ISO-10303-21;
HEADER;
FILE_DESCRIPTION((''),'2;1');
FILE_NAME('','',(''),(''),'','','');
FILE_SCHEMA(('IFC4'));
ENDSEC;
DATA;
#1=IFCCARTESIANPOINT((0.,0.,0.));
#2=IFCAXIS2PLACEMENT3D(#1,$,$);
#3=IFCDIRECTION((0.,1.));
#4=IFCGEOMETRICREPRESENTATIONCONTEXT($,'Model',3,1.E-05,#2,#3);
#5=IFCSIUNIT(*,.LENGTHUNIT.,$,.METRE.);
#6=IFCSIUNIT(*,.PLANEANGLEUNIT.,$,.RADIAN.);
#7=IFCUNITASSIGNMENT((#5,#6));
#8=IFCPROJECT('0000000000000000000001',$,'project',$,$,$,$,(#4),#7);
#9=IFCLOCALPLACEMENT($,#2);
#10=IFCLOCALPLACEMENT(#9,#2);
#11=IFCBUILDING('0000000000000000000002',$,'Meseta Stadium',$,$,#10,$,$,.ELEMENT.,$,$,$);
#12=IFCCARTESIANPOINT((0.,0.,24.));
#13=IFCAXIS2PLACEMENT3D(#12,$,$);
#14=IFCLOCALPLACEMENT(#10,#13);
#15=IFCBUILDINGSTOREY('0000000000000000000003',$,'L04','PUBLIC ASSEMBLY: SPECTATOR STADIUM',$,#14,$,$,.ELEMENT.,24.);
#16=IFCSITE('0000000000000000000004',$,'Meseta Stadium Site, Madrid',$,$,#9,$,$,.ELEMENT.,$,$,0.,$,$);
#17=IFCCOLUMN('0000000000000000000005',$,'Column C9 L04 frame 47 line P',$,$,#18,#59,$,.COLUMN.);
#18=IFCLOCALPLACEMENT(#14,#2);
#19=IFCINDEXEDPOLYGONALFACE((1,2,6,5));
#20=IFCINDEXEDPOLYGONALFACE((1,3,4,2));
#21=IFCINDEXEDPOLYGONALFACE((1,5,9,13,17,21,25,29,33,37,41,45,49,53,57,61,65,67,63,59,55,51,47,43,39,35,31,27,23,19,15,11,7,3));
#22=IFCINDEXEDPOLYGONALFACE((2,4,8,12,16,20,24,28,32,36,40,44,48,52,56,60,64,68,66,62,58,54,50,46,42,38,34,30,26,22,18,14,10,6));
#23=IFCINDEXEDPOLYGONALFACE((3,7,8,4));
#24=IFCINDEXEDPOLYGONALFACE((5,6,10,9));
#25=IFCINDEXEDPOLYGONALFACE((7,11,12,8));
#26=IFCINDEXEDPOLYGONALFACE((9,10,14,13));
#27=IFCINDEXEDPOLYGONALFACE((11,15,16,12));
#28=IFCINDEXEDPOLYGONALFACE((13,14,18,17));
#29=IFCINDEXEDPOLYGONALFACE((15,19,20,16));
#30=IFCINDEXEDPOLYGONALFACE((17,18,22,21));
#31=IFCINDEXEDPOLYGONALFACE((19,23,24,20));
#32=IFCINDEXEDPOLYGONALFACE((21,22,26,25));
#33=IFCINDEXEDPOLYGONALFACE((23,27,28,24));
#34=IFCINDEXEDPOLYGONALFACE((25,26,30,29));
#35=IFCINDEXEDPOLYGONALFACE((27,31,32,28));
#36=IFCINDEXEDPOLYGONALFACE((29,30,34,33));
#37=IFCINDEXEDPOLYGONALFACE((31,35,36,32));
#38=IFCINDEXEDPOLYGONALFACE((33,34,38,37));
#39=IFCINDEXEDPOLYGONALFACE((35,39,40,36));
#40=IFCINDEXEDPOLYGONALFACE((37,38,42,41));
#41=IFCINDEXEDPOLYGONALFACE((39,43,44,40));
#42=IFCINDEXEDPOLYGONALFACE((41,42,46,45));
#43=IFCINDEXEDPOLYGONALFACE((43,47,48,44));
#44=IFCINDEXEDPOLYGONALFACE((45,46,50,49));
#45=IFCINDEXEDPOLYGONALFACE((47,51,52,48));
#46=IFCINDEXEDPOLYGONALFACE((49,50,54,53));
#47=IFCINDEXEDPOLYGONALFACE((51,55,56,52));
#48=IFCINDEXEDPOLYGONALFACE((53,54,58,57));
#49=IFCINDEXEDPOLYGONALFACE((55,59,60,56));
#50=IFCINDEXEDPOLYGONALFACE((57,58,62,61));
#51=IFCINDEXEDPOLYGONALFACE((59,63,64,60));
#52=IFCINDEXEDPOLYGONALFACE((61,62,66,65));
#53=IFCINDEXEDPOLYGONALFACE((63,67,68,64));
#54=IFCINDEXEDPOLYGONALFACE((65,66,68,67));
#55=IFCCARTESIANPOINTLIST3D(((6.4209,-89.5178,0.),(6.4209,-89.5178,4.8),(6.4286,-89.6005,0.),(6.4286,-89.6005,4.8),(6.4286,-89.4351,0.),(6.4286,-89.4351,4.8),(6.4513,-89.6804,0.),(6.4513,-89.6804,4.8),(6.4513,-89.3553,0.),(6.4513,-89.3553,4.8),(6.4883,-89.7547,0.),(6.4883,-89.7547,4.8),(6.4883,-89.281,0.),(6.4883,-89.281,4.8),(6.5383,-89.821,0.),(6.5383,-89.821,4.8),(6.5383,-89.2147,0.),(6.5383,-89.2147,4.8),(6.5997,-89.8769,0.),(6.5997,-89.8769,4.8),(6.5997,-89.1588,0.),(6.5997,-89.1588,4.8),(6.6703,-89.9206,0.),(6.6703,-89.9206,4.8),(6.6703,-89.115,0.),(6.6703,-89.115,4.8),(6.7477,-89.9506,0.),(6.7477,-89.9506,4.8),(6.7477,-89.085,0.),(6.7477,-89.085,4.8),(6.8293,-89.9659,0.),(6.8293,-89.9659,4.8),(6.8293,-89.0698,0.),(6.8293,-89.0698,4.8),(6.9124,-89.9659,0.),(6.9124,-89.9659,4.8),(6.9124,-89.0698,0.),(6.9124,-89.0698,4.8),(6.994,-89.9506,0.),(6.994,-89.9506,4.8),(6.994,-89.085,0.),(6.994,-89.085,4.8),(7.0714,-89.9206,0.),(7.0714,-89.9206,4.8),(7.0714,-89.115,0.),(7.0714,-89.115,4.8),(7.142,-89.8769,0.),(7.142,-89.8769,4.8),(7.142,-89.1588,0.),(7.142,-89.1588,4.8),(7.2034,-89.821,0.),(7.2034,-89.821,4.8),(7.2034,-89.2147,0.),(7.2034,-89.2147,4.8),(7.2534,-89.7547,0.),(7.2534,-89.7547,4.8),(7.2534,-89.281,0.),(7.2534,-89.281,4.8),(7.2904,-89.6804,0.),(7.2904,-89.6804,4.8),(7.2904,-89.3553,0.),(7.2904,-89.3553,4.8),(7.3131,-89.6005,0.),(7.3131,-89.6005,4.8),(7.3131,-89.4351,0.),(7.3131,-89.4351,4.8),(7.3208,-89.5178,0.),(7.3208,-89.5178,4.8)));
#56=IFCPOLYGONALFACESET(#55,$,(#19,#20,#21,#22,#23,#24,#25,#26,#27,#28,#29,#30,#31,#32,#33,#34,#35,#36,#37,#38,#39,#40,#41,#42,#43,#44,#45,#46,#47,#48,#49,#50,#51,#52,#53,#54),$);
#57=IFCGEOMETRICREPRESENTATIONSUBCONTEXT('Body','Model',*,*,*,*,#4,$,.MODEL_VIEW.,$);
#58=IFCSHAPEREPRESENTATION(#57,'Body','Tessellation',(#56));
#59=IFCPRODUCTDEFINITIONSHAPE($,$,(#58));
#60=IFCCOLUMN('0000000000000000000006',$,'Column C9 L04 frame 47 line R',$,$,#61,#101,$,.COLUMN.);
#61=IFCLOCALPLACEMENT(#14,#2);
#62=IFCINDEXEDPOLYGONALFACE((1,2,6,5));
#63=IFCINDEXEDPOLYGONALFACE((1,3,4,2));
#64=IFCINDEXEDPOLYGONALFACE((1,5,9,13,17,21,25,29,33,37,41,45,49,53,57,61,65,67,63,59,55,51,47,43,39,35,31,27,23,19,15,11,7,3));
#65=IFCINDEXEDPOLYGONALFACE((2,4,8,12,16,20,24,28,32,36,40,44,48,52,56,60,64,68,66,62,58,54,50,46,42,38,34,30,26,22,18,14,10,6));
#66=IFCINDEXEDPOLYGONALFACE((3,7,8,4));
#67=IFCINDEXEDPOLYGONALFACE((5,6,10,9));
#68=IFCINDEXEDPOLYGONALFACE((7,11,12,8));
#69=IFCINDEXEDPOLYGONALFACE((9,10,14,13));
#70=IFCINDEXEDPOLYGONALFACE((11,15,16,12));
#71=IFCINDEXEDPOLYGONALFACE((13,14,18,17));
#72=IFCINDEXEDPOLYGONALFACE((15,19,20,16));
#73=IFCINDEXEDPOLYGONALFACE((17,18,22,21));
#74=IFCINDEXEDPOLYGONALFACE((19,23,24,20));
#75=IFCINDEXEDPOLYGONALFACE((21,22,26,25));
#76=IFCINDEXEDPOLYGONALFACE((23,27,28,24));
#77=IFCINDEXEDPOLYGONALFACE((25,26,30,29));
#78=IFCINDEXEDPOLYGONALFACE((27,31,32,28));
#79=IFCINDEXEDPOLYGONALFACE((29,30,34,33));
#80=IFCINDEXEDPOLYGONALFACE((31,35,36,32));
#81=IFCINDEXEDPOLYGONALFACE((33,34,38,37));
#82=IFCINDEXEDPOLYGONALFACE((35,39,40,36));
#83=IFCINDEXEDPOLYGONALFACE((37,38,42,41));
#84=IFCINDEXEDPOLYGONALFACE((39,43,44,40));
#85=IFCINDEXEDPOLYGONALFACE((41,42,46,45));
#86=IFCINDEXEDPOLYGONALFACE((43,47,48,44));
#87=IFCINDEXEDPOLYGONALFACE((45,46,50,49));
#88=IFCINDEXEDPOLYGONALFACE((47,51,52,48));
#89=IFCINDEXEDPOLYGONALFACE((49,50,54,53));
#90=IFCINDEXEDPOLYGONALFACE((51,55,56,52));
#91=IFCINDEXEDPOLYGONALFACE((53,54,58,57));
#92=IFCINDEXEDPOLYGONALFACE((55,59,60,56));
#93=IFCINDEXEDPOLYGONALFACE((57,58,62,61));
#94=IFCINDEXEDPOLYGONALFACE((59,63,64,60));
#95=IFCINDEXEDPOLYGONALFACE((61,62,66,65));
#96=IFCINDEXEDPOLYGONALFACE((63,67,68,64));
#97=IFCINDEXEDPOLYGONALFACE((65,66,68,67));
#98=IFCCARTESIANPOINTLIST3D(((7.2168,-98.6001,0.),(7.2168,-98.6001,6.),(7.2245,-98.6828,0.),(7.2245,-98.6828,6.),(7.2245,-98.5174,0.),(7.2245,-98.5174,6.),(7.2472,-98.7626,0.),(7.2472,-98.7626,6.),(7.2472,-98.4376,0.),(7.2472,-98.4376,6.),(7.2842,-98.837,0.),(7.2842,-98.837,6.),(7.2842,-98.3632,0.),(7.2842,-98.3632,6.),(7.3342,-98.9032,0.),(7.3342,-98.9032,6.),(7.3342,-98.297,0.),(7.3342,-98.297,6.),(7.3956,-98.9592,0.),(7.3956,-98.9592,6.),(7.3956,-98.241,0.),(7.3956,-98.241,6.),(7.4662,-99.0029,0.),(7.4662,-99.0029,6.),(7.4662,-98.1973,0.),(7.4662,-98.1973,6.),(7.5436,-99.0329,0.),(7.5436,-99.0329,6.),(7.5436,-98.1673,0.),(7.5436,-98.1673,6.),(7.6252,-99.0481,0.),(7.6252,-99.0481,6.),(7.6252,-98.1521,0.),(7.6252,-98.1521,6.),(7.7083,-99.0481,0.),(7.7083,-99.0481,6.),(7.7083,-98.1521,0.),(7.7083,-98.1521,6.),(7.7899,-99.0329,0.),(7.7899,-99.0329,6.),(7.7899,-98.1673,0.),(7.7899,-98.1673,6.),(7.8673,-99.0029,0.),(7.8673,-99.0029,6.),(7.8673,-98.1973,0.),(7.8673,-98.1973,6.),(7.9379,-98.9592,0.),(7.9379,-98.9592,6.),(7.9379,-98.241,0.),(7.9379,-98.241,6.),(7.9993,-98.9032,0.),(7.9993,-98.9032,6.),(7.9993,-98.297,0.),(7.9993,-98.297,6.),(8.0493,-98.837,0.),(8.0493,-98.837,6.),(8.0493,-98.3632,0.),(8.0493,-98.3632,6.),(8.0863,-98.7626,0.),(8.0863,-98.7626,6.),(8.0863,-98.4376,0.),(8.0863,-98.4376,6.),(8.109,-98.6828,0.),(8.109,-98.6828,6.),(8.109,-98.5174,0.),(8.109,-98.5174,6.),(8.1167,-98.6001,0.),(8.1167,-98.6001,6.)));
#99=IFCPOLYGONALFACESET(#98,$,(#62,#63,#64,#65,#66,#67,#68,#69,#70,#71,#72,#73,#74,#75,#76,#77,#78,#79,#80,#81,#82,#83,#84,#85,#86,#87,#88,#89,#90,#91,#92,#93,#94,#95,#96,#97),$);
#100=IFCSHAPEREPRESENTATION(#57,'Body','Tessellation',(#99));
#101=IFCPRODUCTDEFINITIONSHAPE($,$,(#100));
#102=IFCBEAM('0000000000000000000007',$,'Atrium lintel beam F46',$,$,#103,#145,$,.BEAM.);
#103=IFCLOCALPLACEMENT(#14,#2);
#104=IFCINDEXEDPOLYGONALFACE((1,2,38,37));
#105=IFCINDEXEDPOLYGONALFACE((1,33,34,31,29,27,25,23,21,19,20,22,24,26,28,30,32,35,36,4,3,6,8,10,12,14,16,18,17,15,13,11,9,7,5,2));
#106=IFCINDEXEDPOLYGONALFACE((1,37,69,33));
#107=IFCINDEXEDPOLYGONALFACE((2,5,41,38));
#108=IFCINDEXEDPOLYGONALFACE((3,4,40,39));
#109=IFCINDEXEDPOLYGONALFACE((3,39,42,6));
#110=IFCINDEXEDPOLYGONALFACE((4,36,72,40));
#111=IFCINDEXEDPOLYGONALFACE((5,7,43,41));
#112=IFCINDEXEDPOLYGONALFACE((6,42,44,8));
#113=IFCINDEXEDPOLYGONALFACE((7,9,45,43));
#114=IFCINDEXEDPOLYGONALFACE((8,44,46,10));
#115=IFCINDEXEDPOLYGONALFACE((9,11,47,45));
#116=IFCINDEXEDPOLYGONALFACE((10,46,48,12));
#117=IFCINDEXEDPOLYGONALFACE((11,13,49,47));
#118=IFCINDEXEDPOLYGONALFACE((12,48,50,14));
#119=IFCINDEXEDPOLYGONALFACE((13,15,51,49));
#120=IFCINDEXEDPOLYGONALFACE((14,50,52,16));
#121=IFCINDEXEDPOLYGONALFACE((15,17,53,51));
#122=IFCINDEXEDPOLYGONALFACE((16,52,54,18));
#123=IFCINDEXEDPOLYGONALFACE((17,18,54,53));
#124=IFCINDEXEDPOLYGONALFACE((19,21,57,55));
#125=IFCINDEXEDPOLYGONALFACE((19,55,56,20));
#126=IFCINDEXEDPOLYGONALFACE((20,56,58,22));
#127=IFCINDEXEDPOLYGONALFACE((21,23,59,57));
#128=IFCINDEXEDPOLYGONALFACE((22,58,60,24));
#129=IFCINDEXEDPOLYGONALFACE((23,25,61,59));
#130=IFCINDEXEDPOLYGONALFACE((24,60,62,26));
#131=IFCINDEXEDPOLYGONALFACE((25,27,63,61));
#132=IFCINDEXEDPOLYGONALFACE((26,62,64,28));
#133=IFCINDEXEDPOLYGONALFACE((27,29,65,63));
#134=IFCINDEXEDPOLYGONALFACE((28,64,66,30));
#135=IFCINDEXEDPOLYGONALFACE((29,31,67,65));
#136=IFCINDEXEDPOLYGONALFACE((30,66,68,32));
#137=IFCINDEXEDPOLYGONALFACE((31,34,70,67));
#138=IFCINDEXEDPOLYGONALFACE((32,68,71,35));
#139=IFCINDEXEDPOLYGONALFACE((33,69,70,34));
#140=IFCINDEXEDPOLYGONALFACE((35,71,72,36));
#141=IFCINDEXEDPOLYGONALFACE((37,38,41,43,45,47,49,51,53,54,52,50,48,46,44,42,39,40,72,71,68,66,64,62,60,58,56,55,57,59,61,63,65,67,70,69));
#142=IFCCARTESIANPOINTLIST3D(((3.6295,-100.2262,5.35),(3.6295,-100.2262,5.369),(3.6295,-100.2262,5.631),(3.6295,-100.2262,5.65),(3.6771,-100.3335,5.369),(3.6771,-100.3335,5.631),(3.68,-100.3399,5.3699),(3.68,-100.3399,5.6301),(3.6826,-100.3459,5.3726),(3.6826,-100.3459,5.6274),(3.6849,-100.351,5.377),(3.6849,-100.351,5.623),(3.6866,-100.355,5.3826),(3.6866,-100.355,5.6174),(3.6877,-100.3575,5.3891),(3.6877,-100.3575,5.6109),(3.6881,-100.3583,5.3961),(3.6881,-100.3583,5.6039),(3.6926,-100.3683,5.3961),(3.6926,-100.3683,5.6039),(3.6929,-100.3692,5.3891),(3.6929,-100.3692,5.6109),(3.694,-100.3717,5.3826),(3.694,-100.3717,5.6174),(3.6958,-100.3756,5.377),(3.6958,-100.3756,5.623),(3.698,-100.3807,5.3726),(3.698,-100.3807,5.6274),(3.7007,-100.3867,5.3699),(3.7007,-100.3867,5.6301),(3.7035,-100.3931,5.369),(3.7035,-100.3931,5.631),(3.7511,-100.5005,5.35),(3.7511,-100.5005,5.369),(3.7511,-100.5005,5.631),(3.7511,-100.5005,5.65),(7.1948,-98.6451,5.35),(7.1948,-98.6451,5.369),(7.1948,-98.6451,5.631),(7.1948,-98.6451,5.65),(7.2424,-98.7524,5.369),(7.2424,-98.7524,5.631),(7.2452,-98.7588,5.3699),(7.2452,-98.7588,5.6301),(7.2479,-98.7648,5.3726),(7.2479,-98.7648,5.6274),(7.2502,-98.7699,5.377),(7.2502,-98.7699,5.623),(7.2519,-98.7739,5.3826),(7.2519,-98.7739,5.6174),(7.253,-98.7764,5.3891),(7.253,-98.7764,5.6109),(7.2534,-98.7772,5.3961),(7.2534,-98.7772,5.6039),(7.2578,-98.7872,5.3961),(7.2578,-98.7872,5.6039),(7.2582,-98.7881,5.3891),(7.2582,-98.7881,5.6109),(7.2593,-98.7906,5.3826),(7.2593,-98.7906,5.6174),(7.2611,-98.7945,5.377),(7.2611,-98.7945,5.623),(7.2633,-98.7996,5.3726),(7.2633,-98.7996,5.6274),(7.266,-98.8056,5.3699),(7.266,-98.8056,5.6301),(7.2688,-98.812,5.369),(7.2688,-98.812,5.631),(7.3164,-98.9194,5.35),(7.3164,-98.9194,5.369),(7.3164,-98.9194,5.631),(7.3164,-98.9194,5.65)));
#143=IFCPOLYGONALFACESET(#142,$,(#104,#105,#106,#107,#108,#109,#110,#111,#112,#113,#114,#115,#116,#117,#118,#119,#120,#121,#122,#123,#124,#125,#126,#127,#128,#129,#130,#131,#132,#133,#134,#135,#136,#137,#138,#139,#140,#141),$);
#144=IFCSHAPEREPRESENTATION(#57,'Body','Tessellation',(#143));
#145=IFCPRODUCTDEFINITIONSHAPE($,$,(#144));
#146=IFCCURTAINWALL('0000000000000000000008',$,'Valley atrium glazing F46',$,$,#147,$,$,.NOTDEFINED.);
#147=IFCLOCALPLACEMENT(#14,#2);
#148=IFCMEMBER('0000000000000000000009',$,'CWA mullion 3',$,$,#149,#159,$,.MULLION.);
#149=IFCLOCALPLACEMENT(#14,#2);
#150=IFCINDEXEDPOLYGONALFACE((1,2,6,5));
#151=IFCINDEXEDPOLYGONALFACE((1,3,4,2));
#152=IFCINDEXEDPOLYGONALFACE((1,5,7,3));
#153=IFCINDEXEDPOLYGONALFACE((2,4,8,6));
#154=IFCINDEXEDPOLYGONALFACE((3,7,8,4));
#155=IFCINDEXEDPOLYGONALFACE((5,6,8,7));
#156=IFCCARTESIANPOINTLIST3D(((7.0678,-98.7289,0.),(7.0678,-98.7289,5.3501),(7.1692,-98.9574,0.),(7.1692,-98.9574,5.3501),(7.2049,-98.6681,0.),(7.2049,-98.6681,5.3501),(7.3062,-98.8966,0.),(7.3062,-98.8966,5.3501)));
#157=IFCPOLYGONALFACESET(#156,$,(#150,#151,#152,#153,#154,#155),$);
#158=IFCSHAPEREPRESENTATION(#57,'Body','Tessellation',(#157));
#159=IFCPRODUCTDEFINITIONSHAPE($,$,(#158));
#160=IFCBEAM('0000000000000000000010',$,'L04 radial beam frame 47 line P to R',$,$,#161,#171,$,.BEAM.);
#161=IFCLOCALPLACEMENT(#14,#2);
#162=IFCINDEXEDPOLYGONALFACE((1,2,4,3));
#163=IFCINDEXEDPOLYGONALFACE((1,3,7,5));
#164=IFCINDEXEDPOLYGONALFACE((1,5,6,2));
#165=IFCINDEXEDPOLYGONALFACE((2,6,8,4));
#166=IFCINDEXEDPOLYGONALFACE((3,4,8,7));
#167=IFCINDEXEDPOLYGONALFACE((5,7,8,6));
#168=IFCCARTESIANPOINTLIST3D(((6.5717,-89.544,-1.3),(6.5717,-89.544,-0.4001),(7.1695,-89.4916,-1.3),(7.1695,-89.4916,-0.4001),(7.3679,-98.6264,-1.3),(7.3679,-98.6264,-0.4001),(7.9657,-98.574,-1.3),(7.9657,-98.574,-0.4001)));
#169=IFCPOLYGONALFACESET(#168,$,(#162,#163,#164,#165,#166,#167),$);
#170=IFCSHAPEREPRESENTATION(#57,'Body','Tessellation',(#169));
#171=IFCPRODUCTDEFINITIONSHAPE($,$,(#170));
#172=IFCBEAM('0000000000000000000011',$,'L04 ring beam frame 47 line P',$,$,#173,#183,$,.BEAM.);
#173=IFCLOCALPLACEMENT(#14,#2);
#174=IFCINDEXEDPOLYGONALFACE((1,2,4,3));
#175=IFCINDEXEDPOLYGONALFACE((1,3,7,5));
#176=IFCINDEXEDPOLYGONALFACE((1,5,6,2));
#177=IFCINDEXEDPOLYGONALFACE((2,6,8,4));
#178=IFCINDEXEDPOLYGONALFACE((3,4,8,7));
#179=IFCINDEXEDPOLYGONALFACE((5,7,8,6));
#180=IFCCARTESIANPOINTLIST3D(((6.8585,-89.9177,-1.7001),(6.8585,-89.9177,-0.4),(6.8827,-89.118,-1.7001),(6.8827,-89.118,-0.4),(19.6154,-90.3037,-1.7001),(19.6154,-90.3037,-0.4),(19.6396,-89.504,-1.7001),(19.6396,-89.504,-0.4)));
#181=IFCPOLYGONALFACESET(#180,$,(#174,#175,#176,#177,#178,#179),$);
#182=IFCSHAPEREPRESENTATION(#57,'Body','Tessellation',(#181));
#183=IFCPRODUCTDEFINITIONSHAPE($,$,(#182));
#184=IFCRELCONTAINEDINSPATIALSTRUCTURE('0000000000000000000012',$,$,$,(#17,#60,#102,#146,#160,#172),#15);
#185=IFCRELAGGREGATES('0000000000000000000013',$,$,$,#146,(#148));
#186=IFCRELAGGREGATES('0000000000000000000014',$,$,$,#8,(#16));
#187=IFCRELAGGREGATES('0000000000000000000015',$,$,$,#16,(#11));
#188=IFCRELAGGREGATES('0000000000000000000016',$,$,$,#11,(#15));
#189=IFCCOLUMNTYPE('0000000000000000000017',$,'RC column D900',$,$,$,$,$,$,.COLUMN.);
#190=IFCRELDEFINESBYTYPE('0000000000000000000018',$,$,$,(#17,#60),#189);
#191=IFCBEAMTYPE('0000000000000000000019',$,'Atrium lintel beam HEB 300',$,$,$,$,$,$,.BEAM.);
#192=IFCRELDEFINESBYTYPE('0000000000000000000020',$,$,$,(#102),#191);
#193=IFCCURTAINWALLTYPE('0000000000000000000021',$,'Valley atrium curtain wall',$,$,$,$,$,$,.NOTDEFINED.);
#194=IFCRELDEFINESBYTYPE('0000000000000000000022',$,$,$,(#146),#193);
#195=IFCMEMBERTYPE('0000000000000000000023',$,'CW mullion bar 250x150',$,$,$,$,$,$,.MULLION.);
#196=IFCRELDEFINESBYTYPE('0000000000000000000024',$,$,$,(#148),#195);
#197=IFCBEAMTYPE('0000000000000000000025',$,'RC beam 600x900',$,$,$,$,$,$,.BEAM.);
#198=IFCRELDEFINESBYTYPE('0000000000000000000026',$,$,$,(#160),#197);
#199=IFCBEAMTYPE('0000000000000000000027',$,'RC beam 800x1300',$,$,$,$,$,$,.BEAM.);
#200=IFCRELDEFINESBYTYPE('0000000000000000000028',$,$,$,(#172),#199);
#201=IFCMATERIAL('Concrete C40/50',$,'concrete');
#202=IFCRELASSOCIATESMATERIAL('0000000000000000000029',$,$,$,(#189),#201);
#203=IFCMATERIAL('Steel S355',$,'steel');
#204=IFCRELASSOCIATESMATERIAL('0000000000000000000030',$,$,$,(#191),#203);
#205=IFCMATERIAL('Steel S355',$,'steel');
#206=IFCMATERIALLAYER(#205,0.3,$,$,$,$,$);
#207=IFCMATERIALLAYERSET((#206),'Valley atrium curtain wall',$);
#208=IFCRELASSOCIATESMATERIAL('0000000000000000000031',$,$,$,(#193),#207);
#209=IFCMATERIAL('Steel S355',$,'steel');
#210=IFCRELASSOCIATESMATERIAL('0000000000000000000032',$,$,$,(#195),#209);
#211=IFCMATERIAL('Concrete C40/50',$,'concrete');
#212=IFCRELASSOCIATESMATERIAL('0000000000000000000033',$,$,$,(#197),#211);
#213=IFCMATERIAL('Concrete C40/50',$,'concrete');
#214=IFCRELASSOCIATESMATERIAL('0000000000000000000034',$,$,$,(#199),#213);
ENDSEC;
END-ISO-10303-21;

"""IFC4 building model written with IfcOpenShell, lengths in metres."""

from ifc_helpers import new_model, si_unit, direction, frame, origin, origin_2d, place, context, subcontext, project, spatial, rectangle, circle, i_section, extrude, material, layer, layer_set, material_profile, profile_set, type_object, element, aggregate, save


model = new_model("IFC4")

# Units and contexts
model_context = context("Model", 3, precision=1e-05, world=origin(), true_north=direction((0.0, 1.0)))
body_context = subcontext(model_context, "Body", "Model", "MODEL_VIEW")
ifc_project = project(units=[si_unit("LENGTHUNIT", "METRE"), si_unit("PLANEANGLEUNIT", "RADIAN")], contexts=[model_context])

# Site, building, storey
site_placement = place(None, origin())
site = spatial("IfcSite", under=ifc_project, at=site_placement, Name="Meseta Stadium Site, Madrid", CompositionType="ELEMENT", RefElevation=0.0)
building_placement = place(site_placement, origin())
building = spatial("IfcBuilding", under=site, at=building_placement, Name="Meseta Stadium", CompositionType="ELEMENT")
storey_placement = place(building_placement, frame((0.0, 0.0, 24.0)))
storey = spatial("IfcBuildingStorey", under=building, at=storey_placement, Name="L04", Description="PUBLIC ASSEMBLY: SPECTATOR STADIUM", CompositionType="ELEMENT", Elevation=24.0)

# Columns
ifc_material_1 = material(Name="Concrete C40/50", Category="concrete")
ifc_material_profile_1 = material_profile(ifc_material_1, circle(Radius=0.45, at=origin_2d()), Name="RC D900")
ifc_profile_set_1 = profile_set([ifc_material_profile_1], Name="Concrete C40/50")
column_type = type_object("IfcColumnType", Name="RC column D900", PredefinedType="COLUMN", material=ifc_profile_set_1)
column_1_placement = place(storey_placement, frame((6.8708, -89.5178, 0.0), z_axis=(0.0, 0.0, 1.0), x_axis=(1.0, 0.0, 0.0)))
element("IfcColumn", 1, at=column_1_placement, inside=storey, type_object=column_type, Name="Column C9 L04 frame 47 line P", PredefinedType="COLUMN", context=body_context, shape_type="SweptSolid", body=[
    extrude(circle(Radius=0.45, at=origin_2d()), origin(), (0.0, 0.0, 1.0), 4.8),
])
column_2_placement = place(storey_placement, frame((7.6667, -98.6001, 0.0), z_axis=(0.0, 0.0, 1.0), x_axis=(1.0, 0.0, 0.0)))
element("IfcColumn", 2, at=column_2_placement, inside=storey, type_object=column_type, Name="Column C9 L04 frame 47 line R", PredefinedType="COLUMN", context=body_context, shape_type="SweptSolid", body=[
    extrude(circle(Radius=0.45, at=origin_2d()), origin(), (0.0, 0.0, 1.0), 6.0),
])

# Beam
ifc_material_2 = material(Name="Steel S355", Category="steel")
ifc_material_profile_2 = material_profile(ifc_material_2, i_section(OverallWidth=0.3, OverallDepth=0.3, WebThickness=0.011, FlangeThickness=0.019, FilletRadius=0.0271, at=origin_2d()), Name="HEB 300")
ifc_profile_set_2 = profile_set([ifc_material_profile_2], Name="Steel S355")
beam_type_1 = type_object("IfcBeamType", Name="Atrium lintel beam HEB 300", PredefinedType="BEAM", material=ifc_profile_set_2)
beam_1_placement = place(storey_placement, frame((7.2556, -98.7822, 5.5), z_axis=(-0.914142, -0.405395, 0.0), x_axis=(0.405395, -0.914142, 0.0)))
element("IfcBeam", 3, at=beam_1_placement, inside=storey, type_object=beam_type_1, Name="Atrium lintel beam F46", PredefinedType="BEAM", context=body_context, shape_type="SweptSolid", body=[
    extrude(i_section(OverallWidth=0.3, OverallDepth=0.3, WebThickness=0.011, FlangeThickness=0.019, FilletRadius=0.0271, at=origin_2d()), origin(), (0.0, 0.0, 1.0), 3.9001),
])

# Curtain wall, member
ifc_material_3 = material(Name="Steel S355", Category="steel")
ifc_layer_1 = layer(ifc_material_3, 0.3)
ifc_layer_set_1 = layer_set([ifc_layer_1], Name="Valley atrium curtain wall")
curtain_wall_type = type_object("IfcCurtainWallType", Name="Valley atrium curtain wall", PredefinedType="NOTDEFINED", material=ifc_layer_set_1)
curtain_wall_placement = place(storey_placement, origin())
curtain_wall = element("IfcCurtainWall", 4, at=curtain_wall_placement, inside=storey, type_object=curtain_wall_type, Name="Valley atrium glazing F46", PredefinedType="NOTDEFINED")
ifc_material_4 = material(Name="Steel S355", Category="steel")
ifc_material_profile_3 = material_profile(ifc_material_4, rectangle(XDim=0.25, YDim=0.1499, at=origin_2d()), Name="CW 250x150")
ifc_profile_set_3 = profile_set([ifc_material_profile_3], Name="Steel S355")
member_type_1 = type_object("IfcMemberType", Name="CW mullion bar 250x150", PredefinedType="MULLION", material=ifc_profile_set_3)
member_1_placement = place(storey_placement, frame((7.187, -98.8127, 0.0), z_axis=(0.0, 0.0, 1.0), x_axis=(-0.405401, 0.914139, 0.0)))
member_1 = element("IfcMember", 5, at=member_1_placement, type_object=member_type_1, Name="CWA mullion 3", PredefinedType="MULLION", context=body_context, shape_type="SweptSolid", body=[
    extrude(rectangle(XDim=0.25, YDim=0.1499, at=origin_2d()), origin(), (0.0, 0.0, 1.0), 5.3501),
])

# Beams
ifc_material_5 = material(Name="Concrete C40/50", Category="concrete")
ifc_material_profile_4 = material_profile(ifc_material_5, rectangle(XDim=0.6001, YDim=0.8999, at=origin_2d()), Name="RC 600x900")
ifc_profile_set_4 = profile_set([ifc_material_profile_4], Name="Concrete C40/50")
beam_type_2 = type_object("IfcBeamType", Name="RC beam 600x900", PredefinedType="BEAM", material=ifc_profile_set_4)
beam_2_placement = place(storey_placement, frame((6.8706, -89.5178, -0.8501), z_axis=(0.087324, -0.99618, 0.0), x_axis=(0.99618, 0.087324, 0.0)))
element("IfcBeam", 6, at=beam_2_placement, inside=storey, type_object=beam_type_2, Name="L04 radial beam frame 47 line P to R", PredefinedType="BEAM", context=body_context, shape_type="SweptSolid", body=[
    extrude(rectangle(XDim=0.6001, YDim=0.8999, at=origin_2d()), origin(), (0.0, 0.0, 1.0), 9.1172),
])
ifc_material_6 = material(Name="Concrete C40/50", Category="concrete")
ifc_material_profile_5 = material_profile(ifc_material_6, rectangle(XDim=0.8, YDim=1.3, at=origin_2d()), Name="RC 800x1300")
ifc_profile_set_5 = profile_set([ifc_material_profile_5], Name="Concrete C40/50")
beam_type_3 = type_object("IfcBeamType", Name="RC beam 800x1300", PredefinedType="BEAM", material=ifc_profile_set_5)
beam_3_placement = place(storey_placement, frame((6.8706, -89.5178, -1.05), z_axis=(0.999543, -0.030243, 0.0), x_axis=(0.030243, 0.999543, 0.0)))
element("IfcBeam", 7, at=beam_3_placement, inside=storey, type_object=beam_type_3, Name="L04 ring beam frame 47 line P", PredefinedType="BEAM", context=body_context, shape_type="SweptSolid", body=[
    extrude(rectangle(XDim=0.8, YDim=1.3, at=origin_2d()), origin(), (0.0, 0.0, 1.0), 12.7627),
])

aggregate(curtain_wall, [member_1])

save(model, "model.ifc")
